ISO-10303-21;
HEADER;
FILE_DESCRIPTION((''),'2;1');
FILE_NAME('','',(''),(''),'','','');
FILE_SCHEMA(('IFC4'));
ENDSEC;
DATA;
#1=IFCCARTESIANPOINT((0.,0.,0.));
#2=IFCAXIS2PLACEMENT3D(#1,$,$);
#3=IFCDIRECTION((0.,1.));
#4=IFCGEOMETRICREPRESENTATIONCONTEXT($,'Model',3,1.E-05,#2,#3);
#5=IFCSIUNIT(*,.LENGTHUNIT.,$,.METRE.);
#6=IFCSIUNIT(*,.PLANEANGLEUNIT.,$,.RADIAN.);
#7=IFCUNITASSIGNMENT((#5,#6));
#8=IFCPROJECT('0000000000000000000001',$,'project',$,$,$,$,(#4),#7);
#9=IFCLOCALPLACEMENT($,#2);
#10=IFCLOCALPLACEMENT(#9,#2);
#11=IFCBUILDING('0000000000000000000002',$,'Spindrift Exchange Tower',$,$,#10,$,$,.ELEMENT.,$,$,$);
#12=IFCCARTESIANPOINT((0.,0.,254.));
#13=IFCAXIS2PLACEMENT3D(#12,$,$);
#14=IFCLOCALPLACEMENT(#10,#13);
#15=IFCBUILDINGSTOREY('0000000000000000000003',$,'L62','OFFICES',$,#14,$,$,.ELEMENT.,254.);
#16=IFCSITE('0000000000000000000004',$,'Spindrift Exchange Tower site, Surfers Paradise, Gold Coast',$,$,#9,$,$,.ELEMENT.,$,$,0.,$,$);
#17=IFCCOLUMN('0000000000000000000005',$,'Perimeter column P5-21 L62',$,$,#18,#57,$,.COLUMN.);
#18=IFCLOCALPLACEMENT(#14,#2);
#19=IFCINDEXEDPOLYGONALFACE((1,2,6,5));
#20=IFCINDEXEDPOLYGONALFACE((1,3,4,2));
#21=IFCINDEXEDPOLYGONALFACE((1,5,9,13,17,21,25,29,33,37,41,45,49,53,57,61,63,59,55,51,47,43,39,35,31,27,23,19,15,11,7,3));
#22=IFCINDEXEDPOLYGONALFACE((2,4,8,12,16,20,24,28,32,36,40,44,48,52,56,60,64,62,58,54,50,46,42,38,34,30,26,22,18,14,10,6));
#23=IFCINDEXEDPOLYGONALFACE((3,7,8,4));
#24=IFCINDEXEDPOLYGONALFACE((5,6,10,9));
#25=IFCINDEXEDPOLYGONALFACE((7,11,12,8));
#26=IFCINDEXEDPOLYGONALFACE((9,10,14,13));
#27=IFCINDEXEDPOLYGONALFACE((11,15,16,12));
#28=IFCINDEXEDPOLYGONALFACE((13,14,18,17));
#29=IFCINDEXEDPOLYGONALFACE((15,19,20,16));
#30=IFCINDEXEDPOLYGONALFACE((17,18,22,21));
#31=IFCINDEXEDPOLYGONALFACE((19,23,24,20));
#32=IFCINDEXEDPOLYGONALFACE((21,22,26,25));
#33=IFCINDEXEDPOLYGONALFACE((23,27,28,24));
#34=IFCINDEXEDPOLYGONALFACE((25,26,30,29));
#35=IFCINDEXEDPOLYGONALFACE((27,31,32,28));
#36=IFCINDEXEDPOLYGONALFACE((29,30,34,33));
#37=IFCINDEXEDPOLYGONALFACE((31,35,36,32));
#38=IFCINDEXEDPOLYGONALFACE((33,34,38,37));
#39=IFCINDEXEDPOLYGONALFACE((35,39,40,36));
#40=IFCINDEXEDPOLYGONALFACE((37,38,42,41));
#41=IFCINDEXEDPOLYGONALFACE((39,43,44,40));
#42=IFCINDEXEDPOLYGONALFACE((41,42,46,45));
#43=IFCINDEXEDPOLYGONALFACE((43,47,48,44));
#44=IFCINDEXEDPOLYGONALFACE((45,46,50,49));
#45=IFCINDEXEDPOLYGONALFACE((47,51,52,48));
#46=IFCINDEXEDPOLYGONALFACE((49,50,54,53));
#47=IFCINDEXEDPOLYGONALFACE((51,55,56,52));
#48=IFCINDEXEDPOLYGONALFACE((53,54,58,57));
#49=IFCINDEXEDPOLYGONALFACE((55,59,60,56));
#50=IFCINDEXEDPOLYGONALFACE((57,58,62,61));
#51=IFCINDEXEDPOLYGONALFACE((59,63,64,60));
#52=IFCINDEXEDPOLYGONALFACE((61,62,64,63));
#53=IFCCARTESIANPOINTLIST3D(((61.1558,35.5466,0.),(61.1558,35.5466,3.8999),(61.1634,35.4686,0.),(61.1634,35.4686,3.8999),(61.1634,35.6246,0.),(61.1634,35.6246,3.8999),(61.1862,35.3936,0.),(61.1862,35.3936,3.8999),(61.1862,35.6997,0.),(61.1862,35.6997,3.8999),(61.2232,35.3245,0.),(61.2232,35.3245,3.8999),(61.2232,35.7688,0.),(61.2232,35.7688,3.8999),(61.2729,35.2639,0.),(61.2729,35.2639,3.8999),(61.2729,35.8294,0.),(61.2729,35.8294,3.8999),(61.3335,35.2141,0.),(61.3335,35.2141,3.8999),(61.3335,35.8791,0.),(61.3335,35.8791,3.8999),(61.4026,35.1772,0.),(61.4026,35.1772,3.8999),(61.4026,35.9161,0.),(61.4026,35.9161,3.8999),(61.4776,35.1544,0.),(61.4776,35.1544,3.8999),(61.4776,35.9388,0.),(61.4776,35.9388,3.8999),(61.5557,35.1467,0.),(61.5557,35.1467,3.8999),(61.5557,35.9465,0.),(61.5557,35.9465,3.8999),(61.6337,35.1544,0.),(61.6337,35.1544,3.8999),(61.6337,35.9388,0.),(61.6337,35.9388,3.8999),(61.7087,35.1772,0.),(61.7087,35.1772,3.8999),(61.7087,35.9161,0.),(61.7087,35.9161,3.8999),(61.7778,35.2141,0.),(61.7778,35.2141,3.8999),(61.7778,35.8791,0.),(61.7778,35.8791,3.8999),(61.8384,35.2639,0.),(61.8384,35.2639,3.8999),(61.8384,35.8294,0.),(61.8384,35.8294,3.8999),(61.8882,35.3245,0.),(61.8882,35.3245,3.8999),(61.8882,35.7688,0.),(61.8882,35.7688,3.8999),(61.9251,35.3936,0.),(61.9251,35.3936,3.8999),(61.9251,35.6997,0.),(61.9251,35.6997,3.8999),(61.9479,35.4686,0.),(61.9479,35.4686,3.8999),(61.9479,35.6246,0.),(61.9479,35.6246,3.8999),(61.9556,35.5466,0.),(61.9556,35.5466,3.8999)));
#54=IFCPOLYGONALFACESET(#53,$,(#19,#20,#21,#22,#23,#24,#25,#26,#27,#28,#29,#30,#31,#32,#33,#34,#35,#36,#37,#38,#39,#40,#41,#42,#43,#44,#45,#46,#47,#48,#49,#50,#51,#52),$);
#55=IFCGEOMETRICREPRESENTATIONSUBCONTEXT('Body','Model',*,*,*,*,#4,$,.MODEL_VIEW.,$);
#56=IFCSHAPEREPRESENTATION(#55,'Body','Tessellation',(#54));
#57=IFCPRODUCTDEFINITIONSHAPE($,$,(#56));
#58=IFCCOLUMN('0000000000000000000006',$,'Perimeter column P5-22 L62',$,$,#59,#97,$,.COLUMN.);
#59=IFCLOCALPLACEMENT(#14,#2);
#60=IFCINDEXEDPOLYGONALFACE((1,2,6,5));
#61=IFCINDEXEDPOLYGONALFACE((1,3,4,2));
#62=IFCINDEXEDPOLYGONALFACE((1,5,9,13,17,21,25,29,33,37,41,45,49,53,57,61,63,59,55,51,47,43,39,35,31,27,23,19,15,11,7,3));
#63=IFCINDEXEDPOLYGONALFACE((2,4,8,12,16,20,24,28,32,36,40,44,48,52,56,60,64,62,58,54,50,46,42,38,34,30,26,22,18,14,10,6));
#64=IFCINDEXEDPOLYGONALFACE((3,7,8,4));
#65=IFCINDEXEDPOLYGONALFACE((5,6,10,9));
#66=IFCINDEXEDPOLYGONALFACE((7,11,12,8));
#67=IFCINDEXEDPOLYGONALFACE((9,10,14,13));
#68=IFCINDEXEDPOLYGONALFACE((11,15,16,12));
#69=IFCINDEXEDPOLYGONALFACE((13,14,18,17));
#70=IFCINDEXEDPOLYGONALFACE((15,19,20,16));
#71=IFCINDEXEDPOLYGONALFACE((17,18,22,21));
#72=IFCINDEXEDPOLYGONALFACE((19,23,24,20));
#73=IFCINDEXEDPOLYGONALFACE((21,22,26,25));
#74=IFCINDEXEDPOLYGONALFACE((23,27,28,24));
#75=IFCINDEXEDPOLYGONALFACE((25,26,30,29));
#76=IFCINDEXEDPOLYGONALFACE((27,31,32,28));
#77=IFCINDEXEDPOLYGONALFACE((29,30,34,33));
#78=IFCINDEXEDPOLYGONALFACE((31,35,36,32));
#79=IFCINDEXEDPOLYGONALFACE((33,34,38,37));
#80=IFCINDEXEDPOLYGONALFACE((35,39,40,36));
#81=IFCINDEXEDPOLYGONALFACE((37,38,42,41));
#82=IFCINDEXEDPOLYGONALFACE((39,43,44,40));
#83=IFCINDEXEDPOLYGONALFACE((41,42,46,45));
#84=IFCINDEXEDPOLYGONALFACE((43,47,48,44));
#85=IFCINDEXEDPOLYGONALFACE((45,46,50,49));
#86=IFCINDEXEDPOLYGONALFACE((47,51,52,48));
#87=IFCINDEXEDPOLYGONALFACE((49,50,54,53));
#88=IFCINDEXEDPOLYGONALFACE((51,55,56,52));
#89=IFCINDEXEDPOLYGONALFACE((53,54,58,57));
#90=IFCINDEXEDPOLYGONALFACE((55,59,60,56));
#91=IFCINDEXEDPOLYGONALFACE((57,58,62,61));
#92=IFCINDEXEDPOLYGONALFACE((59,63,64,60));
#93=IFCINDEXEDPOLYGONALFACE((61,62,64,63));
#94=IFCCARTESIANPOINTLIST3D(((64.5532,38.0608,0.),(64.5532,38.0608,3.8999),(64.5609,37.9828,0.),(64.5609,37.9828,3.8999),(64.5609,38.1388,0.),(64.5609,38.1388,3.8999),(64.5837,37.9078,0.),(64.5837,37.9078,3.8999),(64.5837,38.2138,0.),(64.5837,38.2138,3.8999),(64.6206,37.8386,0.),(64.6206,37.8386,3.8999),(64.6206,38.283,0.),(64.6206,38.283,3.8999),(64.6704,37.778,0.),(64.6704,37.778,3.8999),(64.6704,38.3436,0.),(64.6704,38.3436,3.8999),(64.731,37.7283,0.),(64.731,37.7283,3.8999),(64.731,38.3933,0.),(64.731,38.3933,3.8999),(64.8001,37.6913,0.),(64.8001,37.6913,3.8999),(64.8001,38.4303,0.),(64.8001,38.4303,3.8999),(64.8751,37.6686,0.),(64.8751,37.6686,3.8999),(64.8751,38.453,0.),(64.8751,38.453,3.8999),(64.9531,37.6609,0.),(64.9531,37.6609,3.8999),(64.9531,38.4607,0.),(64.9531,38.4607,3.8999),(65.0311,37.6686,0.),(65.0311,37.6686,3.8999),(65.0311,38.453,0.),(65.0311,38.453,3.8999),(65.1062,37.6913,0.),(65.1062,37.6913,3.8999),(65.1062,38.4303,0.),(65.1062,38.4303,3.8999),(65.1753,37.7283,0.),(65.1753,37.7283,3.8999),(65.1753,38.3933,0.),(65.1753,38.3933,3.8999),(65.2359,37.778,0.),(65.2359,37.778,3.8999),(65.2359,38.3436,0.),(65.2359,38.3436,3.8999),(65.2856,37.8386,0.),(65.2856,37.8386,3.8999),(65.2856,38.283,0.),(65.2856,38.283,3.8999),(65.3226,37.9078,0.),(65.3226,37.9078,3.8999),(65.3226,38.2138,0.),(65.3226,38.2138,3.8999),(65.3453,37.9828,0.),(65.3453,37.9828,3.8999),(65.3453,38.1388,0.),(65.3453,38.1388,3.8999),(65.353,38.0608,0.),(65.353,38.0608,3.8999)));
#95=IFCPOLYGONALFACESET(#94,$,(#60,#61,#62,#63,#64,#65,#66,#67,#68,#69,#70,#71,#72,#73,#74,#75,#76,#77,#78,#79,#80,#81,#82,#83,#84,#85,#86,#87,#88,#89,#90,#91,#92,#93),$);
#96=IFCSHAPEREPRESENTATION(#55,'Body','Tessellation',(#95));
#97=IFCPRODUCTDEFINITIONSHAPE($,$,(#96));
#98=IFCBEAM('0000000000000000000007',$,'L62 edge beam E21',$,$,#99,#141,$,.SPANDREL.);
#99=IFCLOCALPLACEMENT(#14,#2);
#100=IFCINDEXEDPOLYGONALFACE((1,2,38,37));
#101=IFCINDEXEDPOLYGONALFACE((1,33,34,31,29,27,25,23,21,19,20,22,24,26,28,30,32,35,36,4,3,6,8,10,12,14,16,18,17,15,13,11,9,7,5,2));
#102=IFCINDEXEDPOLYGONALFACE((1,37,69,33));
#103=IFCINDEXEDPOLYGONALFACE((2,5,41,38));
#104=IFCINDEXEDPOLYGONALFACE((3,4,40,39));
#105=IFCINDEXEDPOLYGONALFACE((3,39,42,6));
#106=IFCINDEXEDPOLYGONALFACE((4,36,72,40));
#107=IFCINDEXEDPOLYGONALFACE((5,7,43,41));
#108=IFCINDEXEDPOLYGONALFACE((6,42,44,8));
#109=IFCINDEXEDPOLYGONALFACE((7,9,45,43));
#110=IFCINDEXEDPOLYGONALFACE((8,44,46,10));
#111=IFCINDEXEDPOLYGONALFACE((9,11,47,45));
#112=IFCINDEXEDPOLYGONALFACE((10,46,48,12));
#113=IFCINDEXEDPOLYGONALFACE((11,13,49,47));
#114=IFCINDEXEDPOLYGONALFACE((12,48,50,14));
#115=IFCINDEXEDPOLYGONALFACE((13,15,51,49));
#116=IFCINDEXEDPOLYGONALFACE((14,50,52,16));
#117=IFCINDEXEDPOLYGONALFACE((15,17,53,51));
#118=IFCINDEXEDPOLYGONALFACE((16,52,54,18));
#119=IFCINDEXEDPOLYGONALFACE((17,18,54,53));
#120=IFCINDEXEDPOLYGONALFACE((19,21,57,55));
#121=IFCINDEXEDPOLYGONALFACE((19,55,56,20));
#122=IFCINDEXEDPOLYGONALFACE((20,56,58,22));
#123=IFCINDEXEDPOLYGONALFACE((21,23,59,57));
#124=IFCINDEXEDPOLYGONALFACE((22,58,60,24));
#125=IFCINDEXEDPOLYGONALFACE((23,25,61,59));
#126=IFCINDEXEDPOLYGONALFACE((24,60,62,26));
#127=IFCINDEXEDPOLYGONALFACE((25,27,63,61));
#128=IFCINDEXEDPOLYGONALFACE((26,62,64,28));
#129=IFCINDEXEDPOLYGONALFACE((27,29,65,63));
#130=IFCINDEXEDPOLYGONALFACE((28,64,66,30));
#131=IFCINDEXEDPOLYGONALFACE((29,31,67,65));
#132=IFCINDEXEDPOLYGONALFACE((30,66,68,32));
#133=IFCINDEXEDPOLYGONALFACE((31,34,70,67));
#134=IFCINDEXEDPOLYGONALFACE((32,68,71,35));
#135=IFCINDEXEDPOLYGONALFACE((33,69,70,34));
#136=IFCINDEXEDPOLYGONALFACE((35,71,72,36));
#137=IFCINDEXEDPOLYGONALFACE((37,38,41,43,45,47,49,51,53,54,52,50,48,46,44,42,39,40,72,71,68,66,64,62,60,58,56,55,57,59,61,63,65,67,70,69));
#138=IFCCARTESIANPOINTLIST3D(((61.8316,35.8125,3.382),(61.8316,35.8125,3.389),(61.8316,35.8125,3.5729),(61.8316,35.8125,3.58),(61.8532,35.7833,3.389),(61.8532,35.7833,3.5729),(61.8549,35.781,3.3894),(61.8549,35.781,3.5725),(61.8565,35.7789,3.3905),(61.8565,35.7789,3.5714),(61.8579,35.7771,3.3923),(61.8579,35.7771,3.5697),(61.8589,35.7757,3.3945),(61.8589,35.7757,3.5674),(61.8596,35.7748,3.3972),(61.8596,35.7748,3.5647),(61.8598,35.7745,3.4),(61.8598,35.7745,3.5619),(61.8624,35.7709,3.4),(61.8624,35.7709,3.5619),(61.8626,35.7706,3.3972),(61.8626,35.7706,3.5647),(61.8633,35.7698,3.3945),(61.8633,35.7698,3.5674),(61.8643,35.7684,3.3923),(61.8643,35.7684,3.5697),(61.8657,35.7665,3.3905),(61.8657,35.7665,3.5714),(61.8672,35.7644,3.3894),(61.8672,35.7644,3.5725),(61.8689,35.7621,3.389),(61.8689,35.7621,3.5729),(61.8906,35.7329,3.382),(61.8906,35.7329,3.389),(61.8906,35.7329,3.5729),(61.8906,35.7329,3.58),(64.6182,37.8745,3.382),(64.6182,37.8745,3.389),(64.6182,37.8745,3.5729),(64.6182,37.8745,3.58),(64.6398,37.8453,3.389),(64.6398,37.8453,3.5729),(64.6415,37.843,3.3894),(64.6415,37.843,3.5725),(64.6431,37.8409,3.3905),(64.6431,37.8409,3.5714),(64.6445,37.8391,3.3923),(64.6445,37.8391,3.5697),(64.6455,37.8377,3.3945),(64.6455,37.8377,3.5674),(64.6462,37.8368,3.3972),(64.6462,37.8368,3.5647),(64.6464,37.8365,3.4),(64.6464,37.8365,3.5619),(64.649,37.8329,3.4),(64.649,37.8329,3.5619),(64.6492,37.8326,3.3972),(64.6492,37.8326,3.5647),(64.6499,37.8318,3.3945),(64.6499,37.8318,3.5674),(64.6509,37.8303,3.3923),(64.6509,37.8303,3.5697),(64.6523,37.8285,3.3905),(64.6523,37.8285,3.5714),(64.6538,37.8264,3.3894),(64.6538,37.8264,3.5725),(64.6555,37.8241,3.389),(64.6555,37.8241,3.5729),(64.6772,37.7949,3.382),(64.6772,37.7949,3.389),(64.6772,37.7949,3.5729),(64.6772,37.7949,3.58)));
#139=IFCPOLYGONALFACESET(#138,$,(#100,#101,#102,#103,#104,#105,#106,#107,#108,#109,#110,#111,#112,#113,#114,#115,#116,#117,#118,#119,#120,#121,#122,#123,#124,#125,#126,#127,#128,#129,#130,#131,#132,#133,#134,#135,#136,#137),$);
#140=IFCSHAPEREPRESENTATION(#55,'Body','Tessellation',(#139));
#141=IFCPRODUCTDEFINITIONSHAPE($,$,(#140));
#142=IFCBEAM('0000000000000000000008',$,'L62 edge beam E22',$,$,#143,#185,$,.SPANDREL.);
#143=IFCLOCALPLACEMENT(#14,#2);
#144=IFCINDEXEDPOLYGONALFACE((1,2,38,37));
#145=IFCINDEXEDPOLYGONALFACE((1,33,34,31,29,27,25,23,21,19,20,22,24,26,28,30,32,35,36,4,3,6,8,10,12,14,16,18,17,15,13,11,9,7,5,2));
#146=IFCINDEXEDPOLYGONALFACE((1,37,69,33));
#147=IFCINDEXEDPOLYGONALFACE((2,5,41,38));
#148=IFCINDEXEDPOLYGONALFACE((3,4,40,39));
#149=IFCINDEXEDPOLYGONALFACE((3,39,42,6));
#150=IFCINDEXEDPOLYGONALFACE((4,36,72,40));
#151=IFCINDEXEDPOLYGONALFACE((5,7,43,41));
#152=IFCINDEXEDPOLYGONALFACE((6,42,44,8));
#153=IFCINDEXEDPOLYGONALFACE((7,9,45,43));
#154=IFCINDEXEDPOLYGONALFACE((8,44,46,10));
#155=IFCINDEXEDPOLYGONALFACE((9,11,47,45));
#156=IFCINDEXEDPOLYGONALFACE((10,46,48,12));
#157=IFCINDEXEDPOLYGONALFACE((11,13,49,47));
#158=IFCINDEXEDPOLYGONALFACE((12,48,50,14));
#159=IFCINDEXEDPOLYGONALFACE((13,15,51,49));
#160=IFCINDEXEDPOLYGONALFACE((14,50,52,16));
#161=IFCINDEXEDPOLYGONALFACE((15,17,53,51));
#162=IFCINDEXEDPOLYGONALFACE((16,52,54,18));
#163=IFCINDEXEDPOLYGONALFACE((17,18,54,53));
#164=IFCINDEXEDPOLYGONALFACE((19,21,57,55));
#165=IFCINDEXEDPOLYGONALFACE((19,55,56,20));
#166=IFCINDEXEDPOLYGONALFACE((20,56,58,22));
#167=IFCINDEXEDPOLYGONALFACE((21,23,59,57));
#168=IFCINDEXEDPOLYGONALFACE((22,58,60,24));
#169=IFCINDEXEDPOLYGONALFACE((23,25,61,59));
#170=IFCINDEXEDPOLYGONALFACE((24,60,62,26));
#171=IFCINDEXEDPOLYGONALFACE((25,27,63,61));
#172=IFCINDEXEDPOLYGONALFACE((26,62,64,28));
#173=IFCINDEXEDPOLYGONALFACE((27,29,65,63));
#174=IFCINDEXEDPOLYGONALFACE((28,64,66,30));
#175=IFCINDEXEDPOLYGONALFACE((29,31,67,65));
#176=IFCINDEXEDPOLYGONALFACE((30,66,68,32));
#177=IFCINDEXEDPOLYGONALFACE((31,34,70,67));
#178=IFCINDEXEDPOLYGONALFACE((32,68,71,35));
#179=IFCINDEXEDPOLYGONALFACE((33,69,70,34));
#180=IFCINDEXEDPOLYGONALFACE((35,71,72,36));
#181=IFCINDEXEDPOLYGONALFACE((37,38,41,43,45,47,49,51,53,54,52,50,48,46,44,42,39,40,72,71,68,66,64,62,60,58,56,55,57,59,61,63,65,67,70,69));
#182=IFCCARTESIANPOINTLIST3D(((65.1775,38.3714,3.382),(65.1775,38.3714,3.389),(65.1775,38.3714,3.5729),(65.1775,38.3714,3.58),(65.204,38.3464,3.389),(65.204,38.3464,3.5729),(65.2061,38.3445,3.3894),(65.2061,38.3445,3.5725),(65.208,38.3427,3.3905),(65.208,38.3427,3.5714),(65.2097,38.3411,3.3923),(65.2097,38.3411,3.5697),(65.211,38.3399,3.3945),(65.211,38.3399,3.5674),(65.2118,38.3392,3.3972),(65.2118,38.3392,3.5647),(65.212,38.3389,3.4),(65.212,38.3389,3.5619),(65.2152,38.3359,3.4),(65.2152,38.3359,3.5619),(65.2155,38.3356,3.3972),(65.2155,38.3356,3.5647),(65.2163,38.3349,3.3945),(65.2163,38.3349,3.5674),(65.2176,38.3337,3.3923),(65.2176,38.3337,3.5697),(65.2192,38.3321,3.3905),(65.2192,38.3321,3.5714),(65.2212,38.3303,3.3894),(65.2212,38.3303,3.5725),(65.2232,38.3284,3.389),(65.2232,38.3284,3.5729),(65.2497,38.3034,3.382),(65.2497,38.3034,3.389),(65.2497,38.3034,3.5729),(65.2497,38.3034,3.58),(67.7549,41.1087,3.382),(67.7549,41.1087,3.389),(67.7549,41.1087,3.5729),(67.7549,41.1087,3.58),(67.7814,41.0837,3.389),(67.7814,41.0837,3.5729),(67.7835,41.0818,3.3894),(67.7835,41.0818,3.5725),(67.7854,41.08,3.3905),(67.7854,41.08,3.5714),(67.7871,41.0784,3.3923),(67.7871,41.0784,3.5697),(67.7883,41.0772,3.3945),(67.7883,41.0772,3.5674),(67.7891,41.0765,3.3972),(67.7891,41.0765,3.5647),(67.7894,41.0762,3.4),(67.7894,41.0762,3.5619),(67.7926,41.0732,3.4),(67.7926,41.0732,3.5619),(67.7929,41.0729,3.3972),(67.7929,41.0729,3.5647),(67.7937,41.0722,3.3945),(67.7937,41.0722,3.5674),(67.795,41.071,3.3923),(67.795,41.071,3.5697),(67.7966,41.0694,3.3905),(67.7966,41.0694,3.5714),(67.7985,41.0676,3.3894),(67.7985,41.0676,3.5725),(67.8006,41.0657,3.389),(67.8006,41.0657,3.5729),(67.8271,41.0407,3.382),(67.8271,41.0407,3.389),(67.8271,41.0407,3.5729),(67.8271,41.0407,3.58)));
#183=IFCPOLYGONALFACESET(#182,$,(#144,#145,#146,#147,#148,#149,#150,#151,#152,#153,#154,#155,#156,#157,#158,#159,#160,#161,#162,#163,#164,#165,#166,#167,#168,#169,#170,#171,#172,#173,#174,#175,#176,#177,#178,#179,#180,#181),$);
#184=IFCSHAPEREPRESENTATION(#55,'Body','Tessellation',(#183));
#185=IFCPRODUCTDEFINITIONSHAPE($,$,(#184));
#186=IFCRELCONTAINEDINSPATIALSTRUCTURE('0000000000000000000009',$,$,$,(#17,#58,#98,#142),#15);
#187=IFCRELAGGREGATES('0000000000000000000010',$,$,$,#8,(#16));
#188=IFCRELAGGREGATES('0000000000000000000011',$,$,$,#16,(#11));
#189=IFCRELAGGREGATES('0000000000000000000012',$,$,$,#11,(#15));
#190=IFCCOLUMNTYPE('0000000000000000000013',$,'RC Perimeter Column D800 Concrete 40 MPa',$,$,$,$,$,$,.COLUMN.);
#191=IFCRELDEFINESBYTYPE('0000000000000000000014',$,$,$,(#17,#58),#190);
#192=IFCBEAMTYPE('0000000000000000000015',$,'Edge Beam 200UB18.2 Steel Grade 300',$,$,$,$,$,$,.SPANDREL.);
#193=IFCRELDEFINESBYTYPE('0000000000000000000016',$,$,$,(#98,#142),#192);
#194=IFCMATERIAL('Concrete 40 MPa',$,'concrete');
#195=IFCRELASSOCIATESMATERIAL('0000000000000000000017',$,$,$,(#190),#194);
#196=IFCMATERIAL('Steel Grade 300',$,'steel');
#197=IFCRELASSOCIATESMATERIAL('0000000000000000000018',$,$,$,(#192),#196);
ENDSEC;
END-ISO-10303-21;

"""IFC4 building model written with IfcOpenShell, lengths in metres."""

from ifc_helpers import new_model, si_unit, direction, frame, origin, origin_2d, place, context, subcontext, project, spatial, circle, i_section, extrude, source, transform, mapped, material, material_profile, profile_set, type_object, element, save


model = new_model("IFC4")

# Units and contexts
model_context = context("Model", 3, precision=1e-05, world=origin(), true_north=direction((0.0, 1.0)))
body_context = subcontext(model_context, "Body", "Model", "MODEL_VIEW")
ifc_project = project(units=[si_unit("LENGTHUNIT", "METRE"), si_unit("PLANEANGLEUNIT", "RADIAN")], contexts=[model_context])

# Site, building, storey
site_placement = place(None, origin())
site = spatial("IfcSite", under=ifc_project, at=site_placement, Name="Spindrift Exchange Tower site, Surfers Paradise, Gold Coast", CompositionType="ELEMENT", RefElevation=0.0)
building_placement = place(site_placement, origin())
building = spatial("IfcBuilding", under=site, at=building_placement, Name="Spindrift Exchange Tower", CompositionType="ELEMENT")
storey_placement = place(building_placement, frame((0.0, 0.0, 254.0)))
storey = spatial("IfcBuildingStorey", under=building, at=storey_placement, Name="L62", Description="OFFICES", CompositionType="ELEMENT", Elevation=254.0)

# Columns
ifc_material_1 = material(Name="Concrete 40 MPa", Category="concrete")
ifc_material_profile_1 = material_profile(ifc_material_1, circle(Radius=0.3999, at=origin_2d()), Name="RC D800")
ifc_profile_set_1 = profile_set([ifc_material_profile_1], Name="Concrete 40 MPa")
column_type = type_object("IfcColumnType", Name="RC Perimeter Column D800 Concrete 40 MPa", PredefinedType="COLUMN", material=ifc_profile_set_1)
shared_shape_1 = source(origin(), body_context, "Body", "SweptSolid", [
    extrude(circle(Radius=0.3999, at=origin_2d()), origin(), (0.0, 0.0, 1.0), 3.8999),
])
for number, where, z_axis, x_axis, name in (
    (1, (61.5557, 35.5466, 0.0), (0.0, 0.0, 1.0), (1.0, 0.0, 0.0), "Perimeter column P5-21 L62"),
    (2, (64.9531, 38.0608, 0.0), (0.0, 0.0, 1.0), (1.0, 0.0, 0.0), "Perimeter column P5-22 L62"),
):
    element("IfcColumn", number, at=place(storey_placement, frame(where, z_axis=z_axis, x_axis=x_axis)), inside=storey, type_object=column_type, Name=name, PredefinedType="COLUMN", context=body_context, shape_type="MappedRepresentation", body=[
        mapped(shared_shape_1, transform((0.0, 0.0, 0.0), scale=1.0)),
    ])

# Beams
ifc_material_2 = material(Name="Steel Grade 300", Category="steel")
ifc_material_profile_2 = material_profile(ifc_material_2, i_section(OverallWidth=0.0991, OverallDepth=0.198, WebThickness=0.0044, FlangeThickness=0.0071, FilletRadius=0.011, at=origin_2d()), Name="200UB18.2")
ifc_profile_set_2 = profile_set([ifc_material_profile_2], Name="Steel Grade 300")
beam_type_1 = type_object("IfcBeamType", Name="Edge Beam 200UB18.2 Steel Grade 300", PredefinedType="SPANDREL", material=ifc_profile_set_2)
shared_shape_2 = source(origin(), body_context, "Body", "SweptSolid", [
    extrude(i_section(OverallWidth=0.0991, OverallDepth=0.198, WebThickness=0.0044, FlangeThickness=0.0071, FilletRadius=0.011, at=origin_2d()), origin(), (0.0, 0.0, 1.0), 3.4666),
])
beam_1_placement = place(storey_placement, frame((61.8611, 35.7727, 3.481), z_axis=(0.803854, 0.594827, 0.0), x_axis=(-0.594827, 0.803854, 0.0)))
element("IfcBeam", 3, at=beam_1_placement, inside=storey, type_object=beam_type_1, Name="L62 edge beam E21", PredefinedType="SPANDREL", context=body_context, shape_type="MappedRepresentation", body=[
    mapped(shared_shape_2, transform((0.0, 0.0, 0.0), scale=1.0)),
])
shared_shape_3 = source(origin(), body_context, "Body", "SweptSolid", [
    extrude(i_section(OverallWidth=0.0991, OverallDepth=0.198, WebThickness=0.0044, FlangeThickness=0.0071, FilletRadius=0.011, at=origin_2d()), origin(), (0.0, 0.0, 1.0), 3.7598),
])
beam_2_placement = place(storey_placement, frame((65.2136, 38.3374, 3.481), z_axis=(0.685521, 0.728053, 0.0), x_axis=(-0.728053, 0.685521, 0.0)))
element("IfcBeam", 4, at=beam_2_placement, inside=storey, type_object=beam_type_1, Name="L62 edge beam E22", PredefinedType="SPANDREL", context=body_context, shape_type="MappedRepresentation", body=[
    mapped(shared_shape_3, transform((0.0, 0.0, 0.0), scale=1.0)),
])

save(model, "model.ifc")
